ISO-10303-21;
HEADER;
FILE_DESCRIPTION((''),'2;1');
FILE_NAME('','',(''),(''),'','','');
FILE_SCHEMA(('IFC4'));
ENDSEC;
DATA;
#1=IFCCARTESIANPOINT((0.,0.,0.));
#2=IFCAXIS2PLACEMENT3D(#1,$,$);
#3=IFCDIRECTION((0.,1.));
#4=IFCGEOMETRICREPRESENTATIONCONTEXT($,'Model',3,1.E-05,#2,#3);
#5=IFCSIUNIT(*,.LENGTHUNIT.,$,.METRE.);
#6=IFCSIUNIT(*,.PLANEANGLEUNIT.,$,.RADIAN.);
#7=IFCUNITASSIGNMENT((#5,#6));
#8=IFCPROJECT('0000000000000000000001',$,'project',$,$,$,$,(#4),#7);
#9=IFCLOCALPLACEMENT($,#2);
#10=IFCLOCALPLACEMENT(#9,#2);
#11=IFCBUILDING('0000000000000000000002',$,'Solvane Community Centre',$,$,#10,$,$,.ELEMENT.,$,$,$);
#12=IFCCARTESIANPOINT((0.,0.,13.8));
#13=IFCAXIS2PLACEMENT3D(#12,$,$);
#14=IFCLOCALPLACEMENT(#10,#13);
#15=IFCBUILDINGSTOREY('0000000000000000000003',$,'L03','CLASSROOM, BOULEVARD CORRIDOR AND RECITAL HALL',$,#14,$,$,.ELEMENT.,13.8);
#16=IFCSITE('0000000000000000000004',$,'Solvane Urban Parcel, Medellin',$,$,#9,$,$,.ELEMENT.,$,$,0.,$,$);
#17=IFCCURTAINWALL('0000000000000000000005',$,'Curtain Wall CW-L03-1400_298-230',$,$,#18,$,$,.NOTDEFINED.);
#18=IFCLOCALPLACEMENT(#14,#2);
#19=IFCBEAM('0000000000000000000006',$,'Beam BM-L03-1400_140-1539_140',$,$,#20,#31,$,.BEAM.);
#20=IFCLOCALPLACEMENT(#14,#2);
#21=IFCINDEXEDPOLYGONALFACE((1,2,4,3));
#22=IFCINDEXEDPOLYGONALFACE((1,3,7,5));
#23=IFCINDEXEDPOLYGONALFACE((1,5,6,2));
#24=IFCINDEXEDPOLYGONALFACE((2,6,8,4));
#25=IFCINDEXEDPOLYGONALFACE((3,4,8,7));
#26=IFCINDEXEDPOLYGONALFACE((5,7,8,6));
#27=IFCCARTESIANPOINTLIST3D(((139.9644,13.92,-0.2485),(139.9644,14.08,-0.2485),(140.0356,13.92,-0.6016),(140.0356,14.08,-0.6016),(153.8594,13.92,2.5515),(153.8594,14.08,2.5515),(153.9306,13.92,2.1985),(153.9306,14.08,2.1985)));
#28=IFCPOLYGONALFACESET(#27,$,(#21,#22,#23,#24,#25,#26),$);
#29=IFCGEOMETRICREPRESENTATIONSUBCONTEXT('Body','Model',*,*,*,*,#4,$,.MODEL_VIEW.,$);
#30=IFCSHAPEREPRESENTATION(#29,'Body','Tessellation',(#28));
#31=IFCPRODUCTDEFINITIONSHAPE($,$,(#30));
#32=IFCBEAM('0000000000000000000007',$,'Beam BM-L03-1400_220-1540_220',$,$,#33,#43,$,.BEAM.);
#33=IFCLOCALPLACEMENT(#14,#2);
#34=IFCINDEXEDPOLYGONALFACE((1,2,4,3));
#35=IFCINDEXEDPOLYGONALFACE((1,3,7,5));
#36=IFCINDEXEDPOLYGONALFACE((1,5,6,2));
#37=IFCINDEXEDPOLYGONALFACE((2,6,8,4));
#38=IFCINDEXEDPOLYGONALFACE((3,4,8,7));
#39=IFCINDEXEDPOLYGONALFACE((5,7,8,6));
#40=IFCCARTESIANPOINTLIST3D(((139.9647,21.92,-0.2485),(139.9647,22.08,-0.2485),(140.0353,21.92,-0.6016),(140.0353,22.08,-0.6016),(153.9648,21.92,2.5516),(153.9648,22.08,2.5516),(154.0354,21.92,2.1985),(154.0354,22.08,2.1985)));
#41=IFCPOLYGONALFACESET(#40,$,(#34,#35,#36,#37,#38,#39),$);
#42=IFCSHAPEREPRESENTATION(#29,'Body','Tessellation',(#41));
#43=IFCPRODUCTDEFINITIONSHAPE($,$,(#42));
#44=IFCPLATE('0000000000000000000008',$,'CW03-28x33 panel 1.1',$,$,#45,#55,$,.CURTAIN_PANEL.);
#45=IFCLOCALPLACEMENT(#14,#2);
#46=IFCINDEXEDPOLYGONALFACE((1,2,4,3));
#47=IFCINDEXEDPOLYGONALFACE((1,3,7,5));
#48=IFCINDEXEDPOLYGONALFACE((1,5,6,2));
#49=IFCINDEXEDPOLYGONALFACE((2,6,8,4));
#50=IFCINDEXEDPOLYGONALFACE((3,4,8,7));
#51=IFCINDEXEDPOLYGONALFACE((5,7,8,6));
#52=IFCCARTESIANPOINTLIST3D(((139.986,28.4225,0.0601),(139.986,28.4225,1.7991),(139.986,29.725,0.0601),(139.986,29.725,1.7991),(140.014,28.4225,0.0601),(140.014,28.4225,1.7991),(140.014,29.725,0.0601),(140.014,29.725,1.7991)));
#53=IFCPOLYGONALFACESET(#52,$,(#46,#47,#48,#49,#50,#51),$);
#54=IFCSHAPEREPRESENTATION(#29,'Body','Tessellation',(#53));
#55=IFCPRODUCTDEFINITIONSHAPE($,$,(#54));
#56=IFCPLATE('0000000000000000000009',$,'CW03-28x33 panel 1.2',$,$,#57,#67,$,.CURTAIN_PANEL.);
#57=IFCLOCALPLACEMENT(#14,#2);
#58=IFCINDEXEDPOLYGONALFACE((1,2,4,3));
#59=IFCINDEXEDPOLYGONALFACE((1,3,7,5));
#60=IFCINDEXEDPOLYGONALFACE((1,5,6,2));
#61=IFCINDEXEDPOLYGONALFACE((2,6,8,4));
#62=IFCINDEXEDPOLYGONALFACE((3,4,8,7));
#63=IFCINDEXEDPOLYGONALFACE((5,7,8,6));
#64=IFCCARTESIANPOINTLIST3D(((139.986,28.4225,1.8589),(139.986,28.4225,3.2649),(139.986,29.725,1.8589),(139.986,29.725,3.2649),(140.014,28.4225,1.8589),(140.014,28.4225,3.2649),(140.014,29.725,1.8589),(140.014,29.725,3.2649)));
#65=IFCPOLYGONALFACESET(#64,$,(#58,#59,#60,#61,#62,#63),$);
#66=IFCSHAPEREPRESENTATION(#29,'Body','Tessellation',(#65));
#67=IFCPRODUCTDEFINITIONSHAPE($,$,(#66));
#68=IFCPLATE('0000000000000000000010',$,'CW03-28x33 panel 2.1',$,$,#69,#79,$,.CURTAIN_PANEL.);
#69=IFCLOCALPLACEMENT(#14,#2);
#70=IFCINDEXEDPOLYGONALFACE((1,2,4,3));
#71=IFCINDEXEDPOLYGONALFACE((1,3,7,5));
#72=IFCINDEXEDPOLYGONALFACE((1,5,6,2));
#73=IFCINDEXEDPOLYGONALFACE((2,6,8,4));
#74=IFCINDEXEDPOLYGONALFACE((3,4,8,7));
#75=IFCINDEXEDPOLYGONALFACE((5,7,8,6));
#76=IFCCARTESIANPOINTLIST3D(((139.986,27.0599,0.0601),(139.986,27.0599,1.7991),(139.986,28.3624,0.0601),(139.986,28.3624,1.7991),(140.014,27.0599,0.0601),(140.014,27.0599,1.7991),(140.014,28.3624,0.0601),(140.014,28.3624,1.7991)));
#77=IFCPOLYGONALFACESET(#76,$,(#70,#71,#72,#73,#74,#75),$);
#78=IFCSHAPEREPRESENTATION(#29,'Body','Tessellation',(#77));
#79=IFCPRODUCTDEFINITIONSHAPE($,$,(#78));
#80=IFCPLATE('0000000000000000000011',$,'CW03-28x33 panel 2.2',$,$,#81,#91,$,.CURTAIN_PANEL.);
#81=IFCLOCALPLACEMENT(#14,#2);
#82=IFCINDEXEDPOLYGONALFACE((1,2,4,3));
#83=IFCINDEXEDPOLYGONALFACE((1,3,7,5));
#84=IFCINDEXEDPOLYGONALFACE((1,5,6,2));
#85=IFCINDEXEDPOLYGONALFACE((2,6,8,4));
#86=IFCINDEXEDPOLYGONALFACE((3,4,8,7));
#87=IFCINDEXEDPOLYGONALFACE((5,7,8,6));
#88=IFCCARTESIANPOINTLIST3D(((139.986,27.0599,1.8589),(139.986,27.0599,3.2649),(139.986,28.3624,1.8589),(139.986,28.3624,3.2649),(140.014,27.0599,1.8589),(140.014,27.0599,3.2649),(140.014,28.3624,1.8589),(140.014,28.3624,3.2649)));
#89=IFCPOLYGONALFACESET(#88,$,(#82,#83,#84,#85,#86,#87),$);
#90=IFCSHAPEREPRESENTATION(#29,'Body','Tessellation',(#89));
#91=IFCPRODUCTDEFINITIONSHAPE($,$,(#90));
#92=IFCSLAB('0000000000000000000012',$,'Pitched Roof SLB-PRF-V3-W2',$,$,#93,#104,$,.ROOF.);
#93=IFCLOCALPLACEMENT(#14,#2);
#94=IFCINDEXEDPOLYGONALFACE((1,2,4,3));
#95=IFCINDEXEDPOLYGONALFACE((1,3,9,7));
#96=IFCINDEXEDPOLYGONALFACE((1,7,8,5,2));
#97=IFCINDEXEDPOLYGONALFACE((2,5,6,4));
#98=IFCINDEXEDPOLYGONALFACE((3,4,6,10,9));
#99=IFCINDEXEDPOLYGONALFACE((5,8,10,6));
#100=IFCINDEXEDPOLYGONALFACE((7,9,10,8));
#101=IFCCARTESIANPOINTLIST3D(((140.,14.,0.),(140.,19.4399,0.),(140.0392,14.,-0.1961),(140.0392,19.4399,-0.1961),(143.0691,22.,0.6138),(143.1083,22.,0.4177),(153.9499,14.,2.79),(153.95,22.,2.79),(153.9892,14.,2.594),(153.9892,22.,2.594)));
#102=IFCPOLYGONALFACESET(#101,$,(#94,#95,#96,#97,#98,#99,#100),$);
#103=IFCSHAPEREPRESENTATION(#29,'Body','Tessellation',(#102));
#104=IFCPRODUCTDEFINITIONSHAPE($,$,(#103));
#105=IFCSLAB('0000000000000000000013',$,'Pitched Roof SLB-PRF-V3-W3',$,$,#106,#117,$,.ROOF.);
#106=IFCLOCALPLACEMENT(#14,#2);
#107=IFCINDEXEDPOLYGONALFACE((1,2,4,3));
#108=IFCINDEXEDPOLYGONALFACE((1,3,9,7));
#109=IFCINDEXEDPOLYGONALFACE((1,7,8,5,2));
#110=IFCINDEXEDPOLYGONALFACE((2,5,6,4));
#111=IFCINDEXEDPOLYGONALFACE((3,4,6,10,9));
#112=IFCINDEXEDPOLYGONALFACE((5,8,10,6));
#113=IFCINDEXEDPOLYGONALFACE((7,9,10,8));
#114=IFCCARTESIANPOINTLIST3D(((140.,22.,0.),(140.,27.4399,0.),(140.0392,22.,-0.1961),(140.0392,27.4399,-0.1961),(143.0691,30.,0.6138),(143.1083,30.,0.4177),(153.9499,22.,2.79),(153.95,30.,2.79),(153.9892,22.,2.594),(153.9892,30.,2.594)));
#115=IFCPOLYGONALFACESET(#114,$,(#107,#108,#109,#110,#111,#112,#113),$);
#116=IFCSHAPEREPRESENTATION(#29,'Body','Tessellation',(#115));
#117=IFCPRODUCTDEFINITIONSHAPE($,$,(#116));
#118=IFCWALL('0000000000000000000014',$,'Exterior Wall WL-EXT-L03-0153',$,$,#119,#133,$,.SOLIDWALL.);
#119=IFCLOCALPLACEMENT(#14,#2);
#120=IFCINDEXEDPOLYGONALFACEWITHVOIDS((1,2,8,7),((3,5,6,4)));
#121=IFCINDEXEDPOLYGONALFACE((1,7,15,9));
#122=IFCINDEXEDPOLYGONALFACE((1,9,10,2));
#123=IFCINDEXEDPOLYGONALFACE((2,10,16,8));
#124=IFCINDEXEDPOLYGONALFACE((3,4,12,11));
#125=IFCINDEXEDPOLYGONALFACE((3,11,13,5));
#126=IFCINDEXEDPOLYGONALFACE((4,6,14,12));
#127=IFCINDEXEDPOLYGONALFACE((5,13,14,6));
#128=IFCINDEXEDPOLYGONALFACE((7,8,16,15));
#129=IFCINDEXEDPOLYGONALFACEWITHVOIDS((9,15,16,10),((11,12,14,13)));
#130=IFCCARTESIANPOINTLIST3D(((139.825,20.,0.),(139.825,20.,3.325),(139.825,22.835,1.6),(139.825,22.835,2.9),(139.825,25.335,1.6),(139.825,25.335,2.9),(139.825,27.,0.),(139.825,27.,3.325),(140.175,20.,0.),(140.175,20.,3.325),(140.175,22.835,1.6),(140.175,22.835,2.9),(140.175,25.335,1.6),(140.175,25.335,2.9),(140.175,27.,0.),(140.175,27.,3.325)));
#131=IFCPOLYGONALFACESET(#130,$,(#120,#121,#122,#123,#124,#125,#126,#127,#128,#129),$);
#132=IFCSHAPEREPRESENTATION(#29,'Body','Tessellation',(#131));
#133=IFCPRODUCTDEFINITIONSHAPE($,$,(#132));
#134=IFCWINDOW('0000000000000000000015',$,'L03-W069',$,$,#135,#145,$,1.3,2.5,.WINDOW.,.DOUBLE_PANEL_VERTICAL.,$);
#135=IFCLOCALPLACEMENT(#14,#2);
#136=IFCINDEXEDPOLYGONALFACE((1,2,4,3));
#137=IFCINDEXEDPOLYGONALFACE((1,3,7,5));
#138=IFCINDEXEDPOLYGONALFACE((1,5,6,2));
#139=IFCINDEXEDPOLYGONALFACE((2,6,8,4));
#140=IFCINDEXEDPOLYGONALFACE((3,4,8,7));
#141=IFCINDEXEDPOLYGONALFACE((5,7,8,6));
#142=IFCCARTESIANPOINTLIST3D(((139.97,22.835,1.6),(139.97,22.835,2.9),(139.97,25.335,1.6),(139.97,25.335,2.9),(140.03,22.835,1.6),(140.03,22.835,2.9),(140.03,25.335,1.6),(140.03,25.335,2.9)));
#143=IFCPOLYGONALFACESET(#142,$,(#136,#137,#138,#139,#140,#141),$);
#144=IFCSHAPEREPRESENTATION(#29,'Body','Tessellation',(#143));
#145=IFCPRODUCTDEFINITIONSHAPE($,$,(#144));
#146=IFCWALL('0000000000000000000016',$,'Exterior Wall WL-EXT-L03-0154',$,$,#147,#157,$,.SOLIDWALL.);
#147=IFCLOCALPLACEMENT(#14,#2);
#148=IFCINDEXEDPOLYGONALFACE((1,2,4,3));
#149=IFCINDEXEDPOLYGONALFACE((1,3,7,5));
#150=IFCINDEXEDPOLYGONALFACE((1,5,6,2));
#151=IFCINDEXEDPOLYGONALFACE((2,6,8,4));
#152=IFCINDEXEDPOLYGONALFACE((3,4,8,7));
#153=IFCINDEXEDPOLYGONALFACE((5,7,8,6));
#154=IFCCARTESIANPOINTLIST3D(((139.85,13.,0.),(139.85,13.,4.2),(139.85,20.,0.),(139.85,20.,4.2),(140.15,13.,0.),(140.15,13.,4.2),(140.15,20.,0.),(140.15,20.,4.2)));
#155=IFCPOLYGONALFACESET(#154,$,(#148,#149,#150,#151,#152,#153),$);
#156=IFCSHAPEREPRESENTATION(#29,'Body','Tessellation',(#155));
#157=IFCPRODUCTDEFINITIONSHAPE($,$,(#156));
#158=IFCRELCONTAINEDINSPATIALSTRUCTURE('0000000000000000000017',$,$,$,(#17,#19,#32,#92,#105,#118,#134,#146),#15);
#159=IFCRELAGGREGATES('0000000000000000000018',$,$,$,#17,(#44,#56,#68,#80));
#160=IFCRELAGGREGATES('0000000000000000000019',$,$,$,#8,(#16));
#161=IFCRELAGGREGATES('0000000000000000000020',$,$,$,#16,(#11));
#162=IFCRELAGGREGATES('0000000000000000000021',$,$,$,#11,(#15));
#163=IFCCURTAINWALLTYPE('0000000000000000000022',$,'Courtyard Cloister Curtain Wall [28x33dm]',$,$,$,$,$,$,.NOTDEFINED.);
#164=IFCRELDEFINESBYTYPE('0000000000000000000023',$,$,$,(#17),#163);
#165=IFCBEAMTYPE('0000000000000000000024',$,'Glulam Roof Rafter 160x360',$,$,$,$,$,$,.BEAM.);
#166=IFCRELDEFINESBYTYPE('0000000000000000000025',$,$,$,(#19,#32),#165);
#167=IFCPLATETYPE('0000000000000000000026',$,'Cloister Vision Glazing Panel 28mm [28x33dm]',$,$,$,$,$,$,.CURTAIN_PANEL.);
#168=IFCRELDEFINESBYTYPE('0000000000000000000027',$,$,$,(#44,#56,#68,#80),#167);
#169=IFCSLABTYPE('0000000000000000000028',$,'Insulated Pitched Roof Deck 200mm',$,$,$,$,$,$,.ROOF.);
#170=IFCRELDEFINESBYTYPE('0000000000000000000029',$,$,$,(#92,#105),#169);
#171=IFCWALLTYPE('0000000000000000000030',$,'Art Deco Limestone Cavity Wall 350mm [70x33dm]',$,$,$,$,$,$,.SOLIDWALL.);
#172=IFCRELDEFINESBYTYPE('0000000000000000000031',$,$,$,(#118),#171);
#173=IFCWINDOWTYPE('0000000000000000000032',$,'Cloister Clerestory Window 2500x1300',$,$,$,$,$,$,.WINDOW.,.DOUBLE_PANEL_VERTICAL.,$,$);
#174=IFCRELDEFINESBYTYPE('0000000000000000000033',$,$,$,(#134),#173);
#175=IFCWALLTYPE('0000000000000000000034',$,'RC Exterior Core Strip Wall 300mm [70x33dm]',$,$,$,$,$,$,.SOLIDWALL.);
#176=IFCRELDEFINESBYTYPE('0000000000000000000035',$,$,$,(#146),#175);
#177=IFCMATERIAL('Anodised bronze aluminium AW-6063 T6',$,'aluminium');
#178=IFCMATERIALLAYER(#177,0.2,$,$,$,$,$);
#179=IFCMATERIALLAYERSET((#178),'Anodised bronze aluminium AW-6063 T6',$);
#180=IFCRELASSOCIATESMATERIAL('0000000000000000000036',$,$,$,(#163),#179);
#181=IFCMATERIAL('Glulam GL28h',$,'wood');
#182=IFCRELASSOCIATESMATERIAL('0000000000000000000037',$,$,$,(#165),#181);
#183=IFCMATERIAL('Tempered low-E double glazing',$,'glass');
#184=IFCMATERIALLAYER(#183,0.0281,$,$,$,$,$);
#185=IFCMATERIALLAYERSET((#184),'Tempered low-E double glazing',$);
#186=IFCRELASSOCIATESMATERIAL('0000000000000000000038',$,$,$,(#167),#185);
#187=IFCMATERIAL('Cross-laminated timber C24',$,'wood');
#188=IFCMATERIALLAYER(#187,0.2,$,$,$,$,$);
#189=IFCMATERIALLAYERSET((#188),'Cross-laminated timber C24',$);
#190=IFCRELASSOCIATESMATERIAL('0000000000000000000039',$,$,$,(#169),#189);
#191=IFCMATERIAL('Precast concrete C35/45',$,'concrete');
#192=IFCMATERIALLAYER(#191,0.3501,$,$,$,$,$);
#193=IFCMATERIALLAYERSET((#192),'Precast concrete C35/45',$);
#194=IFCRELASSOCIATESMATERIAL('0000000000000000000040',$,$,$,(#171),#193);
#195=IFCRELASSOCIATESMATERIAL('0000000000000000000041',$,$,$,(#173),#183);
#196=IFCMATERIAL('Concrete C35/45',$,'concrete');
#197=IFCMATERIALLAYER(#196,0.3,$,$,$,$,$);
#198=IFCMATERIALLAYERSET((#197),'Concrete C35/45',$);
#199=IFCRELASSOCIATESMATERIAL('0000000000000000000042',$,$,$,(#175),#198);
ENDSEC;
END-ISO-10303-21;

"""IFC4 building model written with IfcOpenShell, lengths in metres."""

from ifc_helpers import new_model, si_unit, direction, frame, frame_2d, origin, origin_2d, place, context, subcontext, project, spatial, polyline, rectangle, outline, extrude, material, layer, layer_set, material_profile, profile_set, type_object, element, fill, aggregate, save


model = new_model("IFC4")

# Units and contexts
model_context = context("Model", 3, precision=1e-05, world=origin(), true_north=direction((0.0, 1.0)))
body_context = subcontext(model_context, "Body", "Model", "MODEL_VIEW")
ifc_project = project(units=[si_unit("LENGTHUNIT", "METRE"), si_unit("PLANEANGLEUNIT", "RADIAN")], contexts=[model_context])

# Site, building, storey
site_placement = place(None, origin())
site = spatial("IfcSite", under=ifc_project, at=site_placement, Name="Solvane Urban Parcel, Medellin", CompositionType="ELEMENT", RefElevation=0.0)
building_placement = place(site_placement, origin())
building = spatial("IfcBuilding", under=site, at=building_placement, Name="Solvane Community Centre", CompositionType="ELEMENT")
storey_placement = place(building_placement, frame((0.0, 0.0, 13.8)))
storey = spatial("IfcBuildingStorey", under=building, at=storey_placement, Name="L03", Description="CLASSROOM, BOULEVARD CORRIDOR AND RECITAL HALL", CompositionType="ELEMENT", Elevation=13.8)

# Curtain wall
ifc_material_1 = material(Name="Anodised bronze aluminium AW-6063 T6", Category="aluminium")
ifc_layer_1 = layer(ifc_material_1, 0.2)
ifc_layer_set_1 = layer_set([ifc_layer_1], Name="Anodised bronze aluminium AW-6063 T6")
curtain_wall_type = type_object("IfcCurtainWallType", Name="Courtyard Cloister Curtain Wall [28x33dm]", PredefinedType="NOTDEFINED", material=ifc_layer_set_1)
curtain_wall_placement = place(storey_placement, origin())
curtain_wall = element("IfcCurtainWall", 1, at=curtain_wall_placement, inside=storey, type_object=curtain_wall_type, Name="Curtain Wall CW-L03-1400_298-230", PredefinedType="NOTDEFINED")

# Beams
ifc_material_2 = material(Name="Glulam GL28h", Category="wood")
ifc_material_profile_1 = material_profile(ifc_material_2, rectangle(XDim=0.1599, YDim=0.3601, at=origin_2d()), Name="GL28h 160x360")
ifc_profile_set_1 = profile_set([ifc_material_profile_1], Name="Glulam GL28h")
beam_type_1 = type_object("IfcBeamType", Name="Glulam Roof Rafter 160x360", PredefinedType="BEAM", material=ifc_profile_set_1)
beam_1_placement = place(storey_placement, frame((140.0, 14.0, -0.425), z_axis=(0.980294, 0.0, 0.197544), x_axis=(0.0, 1.0, 0.0)))
element("IfcBeam", 2, at=beam_1_placement, inside=storey, type_object=beam_type_1, Name="Beam BM-L03-1400_140-1539_140", PredefinedType="BEAM", context=body_context, shape_type="SweptSolid", body=[
    extrude(rectangle(XDim=0.1599, YDim=0.3601, at=origin_2d()), origin(), (0.0, 0.0, 1.0), 14.1743),
])
beam_2_placement = place(storey_placement, frame((140.0, 22.0, -0.425), z_axis=(0.98058, 0.0, 0.196119), x_axis=(0.0, 1.0, 0.0)))
element("IfcBeam", 3, at=beam_2_placement, inside=storey, type_object=beam_type_1, Name="Beam BM-L03-1400_220-1540_220", PredefinedType="BEAM", context=body_context, shape_type="SweptSolid", body=[
    extrude(rectangle(XDim=0.1599, YDim=0.3601, at=origin_2d()), origin(), (0.0, 0.0, 1.0), 14.2773),
])

# Plates
ifc_material_3 = material(Name="Tempered low-E double glazing", Category="glass")
ifc_layer_2 = layer(ifc_material_3, 0.0281)
ifc_layer_set_2 = layer_set([ifc_layer_2], Name="Tempered low-E double glazing")
plate_type = type_object("IfcPlateType", Name="Cloister Vision Glazing Panel 28mm [28x33dm]", PredefinedType="CURTAIN_PANEL", material=ifc_layer_set_2)
plate_1_placement = place(storey_placement, frame((140.0, 29.0737, 0.0601), z_axis=(0.0, 0.0, 1.0), x_axis=(0.0, -1.0, 0.0)))
plate_1 = element("IfcPlate", 4, at=plate_1_placement, type_object=plate_type, Name="CW03-28x33 panel 1.1", PredefinedType="CURTAIN_PANEL", context=body_context, shape_type="SweptSolid", body=[
    extrude(rectangle(XDim=1.3025, YDim=0.0281, at=origin_2d()), origin(), (0.0, 0.0, 1.0), 1.739),
])
plate_2_placement = place(storey_placement, frame((140.0, 29.0737, 1.8589), z_axis=(0.0, 0.0, 1.0), x_axis=(0.0, -1.0, 0.0)))
plate_2 = element("IfcPlate", 5, at=plate_2_placement, type_object=plate_type, Name="CW03-28x33 panel 1.2", PredefinedType="CURTAIN_PANEL", context=body_context, shape_type="SweptSolid", body=[
    extrude(rectangle(XDim=1.3025, YDim=0.0281, at=origin_2d()), origin(), (0.0, 0.0, 1.0), 1.406),
])
plate_3_placement = place(storey_placement, frame((140.0, 27.7112, 0.0601), z_axis=(0.0, 0.0, 1.0), x_axis=(0.0, -1.0, 0.0)))
plate_3 = element("IfcPlate", 6, at=plate_3_placement, type_object=plate_type, Name="CW03-28x33 panel 2.1", PredefinedType="CURTAIN_PANEL", context=body_context, shape_type="SweptSolid", body=[
    extrude(rectangle(XDim=1.3025, YDim=0.0281, at=origin_2d()), origin(), (0.0, 0.0, 1.0), 1.739),
])
plate_4_placement = place(storey_placement, frame((140.0, 27.7112, 1.8589), z_axis=(0.0, 0.0, 1.0), x_axis=(0.0, -1.0, 0.0)))
plate_4 = element("IfcPlate", 7, at=plate_4_placement, type_object=plate_type, Name="CW03-28x33 panel 2.2", PredefinedType="CURTAIN_PANEL", context=body_context, shape_type="SweptSolid", body=[
    extrude(rectangle(XDim=1.3025, YDim=0.0281, at=origin_2d()), origin(), (0.0, 0.0, 1.0), 1.406),
])
aggregate(curtain_wall, [plate_1, plate_2, plate_3, plate_4])

# Slabs
ifc_material_4 = material(Name="Cross-laminated timber C24", Category="wood")
ifc_layer_3 = layer(ifc_material_4, 0.2)
ifc_layer_set_3 = layer_set([ifc_layer_3], Name="Cross-laminated timber C24")
slab_type = type_object("IfcSlabType", Name="Insulated Pitched Roof Deck 200mm", PredefinedType="ROOF", material=ifc_layer_set_3)
for number, where, z_axis, x_axis, name in (
    (8, (140.0, 14.0, 0.0), (-0.19612, 0.000004, 0.98058), (0.98058, 0.0, 0.19612), "Pitched Roof SLB-PRF-V3-W2"),
    (9, (140.0, 22.0, 0.0), (-0.19612, 0.000004, 0.98058), (0.98058, 0.0, 0.19612), "Pitched Roof SLB-PRF-V3-W3"),
):
    element("IfcSlab", number, at=place(storey_placement, frame(where, z_axis=z_axis, x_axis=x_axis)), inside=storey, type_object=slab_type, Name=name, PredefinedType="ROOF", context=body_context, shape_type="SweptSolid", body=[
        extrude(outline(polyline([(0.0, 0.0), (14.2262, 0.0), (14.2262, 8.0), (3.1299, 8.0), (0.0, 5.4399), (0.0, 0.0)])), origin(), (0.0, 0.0, -1.0), 0.2),
    ])

# Wall, opening, window
ifc_material_5 = material(Name="Precast concrete C35/45", Category="concrete")
ifc_layer_4 = layer(ifc_material_5, 0.3501)
ifc_layer_set_4 = layer_set([ifc_layer_4], Name="Precast concrete C35/45")
wall_type_1 = type_object("IfcWallType", Name="Art Deco Limestone Cavity Wall 350mm [70x33dm]", PredefinedType="SOLIDWALL", material=ifc_layer_set_4)
wall_1_placement = place(storey_placement, frame((140.0, 27.0, 0.0), z_axis=(0.0, 0.0, 1.0), x_axis=(0.0, -1.0, 0.0)))
wall_1 = element("IfcWall", 10, at=wall_1_placement, inside=storey, type_object=wall_type_1, Name="Exterior Wall WL-EXT-L03-0153", PredefinedType="SOLIDWALL", context=body_context, shape_type="SweptSolid", body=[
    extrude(rectangle(XDim=7.0, YDim=0.3501, at=frame_2d((3.5, 0.0))), origin(), (0.0, 0.0, 1.0), 3.325),
])
opening_placement = place(wall_1_placement, frame((1.665, 0.0, 1.6001)))
opening = element("IfcOpeningElement", 11, at=opening_placement, cuts=wall_1, PredefinedType="OPENING", context=body_context, shape_type="SweptSolid", body=[
    extrude(rectangle(XDim=2.5, YDim=1.3, at=frame_2d((1.25, 0.6499))), frame((0.0, 0.1851, 0.0), z_axis=(0.0, -1.0, 0.0), x_axis=(1.0, 0.0, 0.0)), (0.0, 0.0, 1.0), 0.3701),
])
window_type = type_object("IfcWindowType", Name="Cloister Clerestory Window 2500x1300", PartitioningType="DOUBLE_PANEL_VERTICAL", PredefinedType="WINDOW", material=ifc_material_3)
window_placement = place(opening_placement, origin())
window = element("IfcWindow", 12, at=window_placement, inside=storey, type_object=window_type, Name="L03-W069", OverallHeight=1.3, OverallWidth=2.5, PartitioningType="DOUBLE_PANEL_VERTICAL", PredefinedType="WINDOW", context=body_context, shape_type="SweptSolid", body=[
    extrude(rectangle(XDim=2.5, YDim=1.3, at=frame_2d((1.25, 0.6499))), frame((0.0, 0.03, 0.0), z_axis=(0.0, -1.0, 0.0), x_axis=(1.0, 0.0, 0.0)), (0.0, 0.0, 1.0), 0.0601),
])
fill(opening, window)

# Wall
ifc_material_6 = material(Name="Concrete C35/45", Category="concrete")
ifc_layer_5 = layer(ifc_material_6, 0.3)
ifc_layer_set_5 = layer_set([ifc_layer_5], Name="Concrete C35/45")
wall_type_2 = type_object("IfcWallType", Name="RC Exterior Core Strip Wall 300mm [70x33dm]", PredefinedType="SOLIDWALL", material=ifc_layer_set_5)
wall_2_placement = place(storey_placement, frame((140.0, 20.0, 0.0), z_axis=(0.0, 0.0, 1.0), x_axis=(0.0, -1.0, 0.0)))
element("IfcWall", 13, at=wall_2_placement, inside=storey, type_object=wall_type_2, Name="Exterior Wall WL-EXT-L03-0154", PredefinedType="SOLIDWALL", context=body_context, shape_type="SweptSolid", body=[
    extrude(rectangle(XDim=7.0, YDim=0.3, at=frame_2d((3.5, 0.0))), origin(), (0.0, 0.0, 1.0), 4.2),
])

save(model, "model.ifc")
